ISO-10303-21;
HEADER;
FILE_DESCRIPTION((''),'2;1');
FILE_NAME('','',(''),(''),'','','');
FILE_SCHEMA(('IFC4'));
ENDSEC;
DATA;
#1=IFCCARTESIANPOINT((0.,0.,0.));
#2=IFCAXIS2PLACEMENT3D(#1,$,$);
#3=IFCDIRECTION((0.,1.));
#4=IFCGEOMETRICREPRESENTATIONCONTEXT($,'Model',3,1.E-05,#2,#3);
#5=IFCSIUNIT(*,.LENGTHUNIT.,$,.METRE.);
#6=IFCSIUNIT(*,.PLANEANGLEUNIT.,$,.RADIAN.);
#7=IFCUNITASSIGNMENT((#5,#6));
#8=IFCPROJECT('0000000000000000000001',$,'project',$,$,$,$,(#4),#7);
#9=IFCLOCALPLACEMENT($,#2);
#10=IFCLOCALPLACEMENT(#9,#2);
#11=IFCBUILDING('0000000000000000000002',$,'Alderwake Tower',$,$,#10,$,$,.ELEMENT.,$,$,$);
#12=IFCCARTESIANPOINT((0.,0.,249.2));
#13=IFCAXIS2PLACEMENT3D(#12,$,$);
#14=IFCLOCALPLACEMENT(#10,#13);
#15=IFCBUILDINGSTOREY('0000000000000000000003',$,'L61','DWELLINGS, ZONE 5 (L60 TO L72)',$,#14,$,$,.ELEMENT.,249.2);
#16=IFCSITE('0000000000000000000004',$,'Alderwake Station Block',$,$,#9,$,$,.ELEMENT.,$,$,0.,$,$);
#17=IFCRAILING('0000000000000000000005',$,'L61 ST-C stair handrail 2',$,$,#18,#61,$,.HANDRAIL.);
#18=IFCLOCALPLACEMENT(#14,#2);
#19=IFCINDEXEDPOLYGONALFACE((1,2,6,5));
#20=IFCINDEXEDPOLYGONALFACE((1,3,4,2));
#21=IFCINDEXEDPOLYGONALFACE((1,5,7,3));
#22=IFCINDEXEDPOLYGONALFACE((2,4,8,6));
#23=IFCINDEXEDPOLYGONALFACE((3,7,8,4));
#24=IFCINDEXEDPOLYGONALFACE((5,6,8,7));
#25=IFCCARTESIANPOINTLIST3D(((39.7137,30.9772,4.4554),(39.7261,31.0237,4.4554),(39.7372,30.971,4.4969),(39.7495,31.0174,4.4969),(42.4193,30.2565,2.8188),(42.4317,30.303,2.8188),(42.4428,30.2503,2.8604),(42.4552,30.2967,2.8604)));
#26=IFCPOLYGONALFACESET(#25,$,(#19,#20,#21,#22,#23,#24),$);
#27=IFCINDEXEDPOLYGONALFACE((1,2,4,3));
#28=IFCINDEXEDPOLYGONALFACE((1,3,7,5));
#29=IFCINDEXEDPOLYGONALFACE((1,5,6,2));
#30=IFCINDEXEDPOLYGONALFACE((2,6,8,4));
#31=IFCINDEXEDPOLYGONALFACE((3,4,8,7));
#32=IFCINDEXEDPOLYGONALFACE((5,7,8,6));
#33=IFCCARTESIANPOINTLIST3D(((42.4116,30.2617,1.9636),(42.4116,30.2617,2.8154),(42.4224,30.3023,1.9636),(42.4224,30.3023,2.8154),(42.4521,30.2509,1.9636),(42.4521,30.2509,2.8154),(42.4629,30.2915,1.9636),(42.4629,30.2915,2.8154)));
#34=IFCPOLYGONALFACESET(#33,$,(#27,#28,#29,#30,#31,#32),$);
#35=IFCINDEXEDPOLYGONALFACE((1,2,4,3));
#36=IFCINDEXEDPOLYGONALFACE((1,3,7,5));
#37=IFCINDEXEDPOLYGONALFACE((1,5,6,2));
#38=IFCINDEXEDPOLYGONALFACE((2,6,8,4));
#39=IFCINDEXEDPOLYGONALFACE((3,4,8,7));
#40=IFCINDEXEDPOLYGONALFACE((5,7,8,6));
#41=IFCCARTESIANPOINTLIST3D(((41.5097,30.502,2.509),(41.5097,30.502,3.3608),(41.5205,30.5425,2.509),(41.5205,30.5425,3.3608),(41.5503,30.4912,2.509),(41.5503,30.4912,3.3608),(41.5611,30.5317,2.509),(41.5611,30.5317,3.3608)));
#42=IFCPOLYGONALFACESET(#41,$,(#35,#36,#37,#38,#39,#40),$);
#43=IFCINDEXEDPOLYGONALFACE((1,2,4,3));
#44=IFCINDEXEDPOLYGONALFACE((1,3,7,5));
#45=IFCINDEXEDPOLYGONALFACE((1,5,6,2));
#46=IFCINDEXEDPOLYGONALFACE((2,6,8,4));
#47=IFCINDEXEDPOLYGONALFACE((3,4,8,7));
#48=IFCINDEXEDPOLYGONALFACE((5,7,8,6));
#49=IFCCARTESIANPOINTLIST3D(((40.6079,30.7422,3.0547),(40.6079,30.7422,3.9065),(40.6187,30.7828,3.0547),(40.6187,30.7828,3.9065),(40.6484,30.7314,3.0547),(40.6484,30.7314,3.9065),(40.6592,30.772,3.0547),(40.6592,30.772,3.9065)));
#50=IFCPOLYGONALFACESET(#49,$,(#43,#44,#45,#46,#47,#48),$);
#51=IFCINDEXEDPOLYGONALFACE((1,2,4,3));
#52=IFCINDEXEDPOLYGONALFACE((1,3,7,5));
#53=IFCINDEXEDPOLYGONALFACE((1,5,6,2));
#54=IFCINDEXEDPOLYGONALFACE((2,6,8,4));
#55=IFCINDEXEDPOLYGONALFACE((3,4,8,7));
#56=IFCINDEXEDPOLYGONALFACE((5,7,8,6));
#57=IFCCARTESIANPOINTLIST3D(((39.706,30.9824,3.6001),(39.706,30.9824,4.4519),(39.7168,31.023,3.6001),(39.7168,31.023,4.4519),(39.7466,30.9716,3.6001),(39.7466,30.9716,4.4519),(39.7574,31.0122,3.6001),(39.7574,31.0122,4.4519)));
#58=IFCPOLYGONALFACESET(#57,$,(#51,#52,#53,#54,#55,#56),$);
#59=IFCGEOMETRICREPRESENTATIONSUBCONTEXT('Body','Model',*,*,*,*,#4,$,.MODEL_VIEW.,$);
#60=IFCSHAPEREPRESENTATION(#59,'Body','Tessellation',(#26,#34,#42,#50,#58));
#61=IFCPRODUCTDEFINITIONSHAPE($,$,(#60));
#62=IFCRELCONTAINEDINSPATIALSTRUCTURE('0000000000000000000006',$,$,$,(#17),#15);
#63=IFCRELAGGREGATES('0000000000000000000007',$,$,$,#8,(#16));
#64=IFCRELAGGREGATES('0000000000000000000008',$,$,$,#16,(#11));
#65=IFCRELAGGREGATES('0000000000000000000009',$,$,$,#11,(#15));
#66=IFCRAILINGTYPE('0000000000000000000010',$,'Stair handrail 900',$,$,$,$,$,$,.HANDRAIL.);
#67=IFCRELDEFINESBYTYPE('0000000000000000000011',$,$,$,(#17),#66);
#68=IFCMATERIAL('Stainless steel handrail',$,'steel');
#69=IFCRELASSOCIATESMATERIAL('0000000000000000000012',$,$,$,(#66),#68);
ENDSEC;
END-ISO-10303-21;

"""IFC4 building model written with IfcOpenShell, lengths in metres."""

from ifc_helpers import new_model, si_unit, direction, frame, origin, origin_2d, place, context, subcontext, project, spatial, rectangle, extrude, material, type_object, element, save


model = new_model("IFC4")

# Units and contexts
model_context = context("Model", 3, precision=1e-05, world=origin(), true_north=direction((0.0, 1.0)))
body_context = subcontext(model_context, "Body", "Model", "MODEL_VIEW")
ifc_project = project(units=[si_unit("LENGTHUNIT", "METRE"), si_unit("PLANEANGLEUNIT", "RADIAN")], contexts=[model_context])

# Site, building, storey
site_placement = place(None, origin())
site = spatial("IfcSite", under=ifc_project, at=site_placement, Name="Alderwake Station Block", CompositionType="ELEMENT", RefElevation=0.0)
building_placement = place(site_placement, origin())
building = spatial("IfcBuilding", under=site, at=building_placement, Name="Alderwake Tower", CompositionType="ELEMENT")
storey_placement = place(building_placement, frame((0.0, 0.0, 249.2)))
storey = spatial("IfcBuildingStorey", under=building, at=storey_placement, Name="L61", Description="DWELLINGS, ZONE 5 (L60 TO L72)", CompositionType="ELEMENT", Elevation=249.2)

# Railing
ifc_material_1 = material(Name="Stainless steel handrail", Category="steel")
railing_type_1 = type_object("IfcRailingType", Name="Stair handrail 900", PredefinedType="HANDRAIL", material=ifc_material_1)
railing_1_placement = place(storey_placement, frame((42.4373, 30.2766, 1.9636)))
element("IfcRailing", 1, at=railing_1_placement, inside=storey, type_object=railing_type_1, Name="L61 ST-C stair handrail 2", PredefinedType="HANDRAIL", context=body_context, shape_type="SweptSolid", body=[
    extrude(rectangle(XDim=0.0481, YDim=0.0481, at=origin_2d()), frame((0.0, 0.0, 0.876), z_axis=(-0.834259, 0.222228, 0.504605), x_axis=(-0.257402, -0.966304, 0.0)), (0.0, 0.0, 1.0), 3.2432),
    extrude(rectangle(XDim=0.042, YDim=0.042, at=origin_2d()), frame((0.0, 0.0, 0.0), z_axis=(0.0, 0.0, 1.0), x_axis=(-0.966304, 0.257402, 0.0)), (0.0, 0.0, 1.0), 0.8518),
    extrude(rectangle(XDim=0.042, YDim=0.042, at=origin_2d()), frame((-0.9019, 0.2402, 0.5454), z_axis=(0.0, 0.0, 1.0), x_axis=(-0.966304, 0.257402, 0.0)), (0.0, 0.0, 1.0), 0.8518),
    extrude(rectangle(XDim=0.042, YDim=0.042, at=origin_2d()), frame((-1.8037, 0.4805, 1.0911), z_axis=(0.0, 0.0, 1.0), x_axis=(-0.966304, 0.257402, 0.0)), (0.0, 0.0, 1.0), 0.8518),
    extrude(rectangle(XDim=0.042, YDim=0.042, at=origin_2d()), frame((-2.7056, 0.7207, 1.6365), z_axis=(0.0, 0.0, 1.0), x_axis=(-0.966304, 0.257402, 0.0)), (0.0, 0.0, 1.0), 0.8518),
])

save(model, "model.ifc")
